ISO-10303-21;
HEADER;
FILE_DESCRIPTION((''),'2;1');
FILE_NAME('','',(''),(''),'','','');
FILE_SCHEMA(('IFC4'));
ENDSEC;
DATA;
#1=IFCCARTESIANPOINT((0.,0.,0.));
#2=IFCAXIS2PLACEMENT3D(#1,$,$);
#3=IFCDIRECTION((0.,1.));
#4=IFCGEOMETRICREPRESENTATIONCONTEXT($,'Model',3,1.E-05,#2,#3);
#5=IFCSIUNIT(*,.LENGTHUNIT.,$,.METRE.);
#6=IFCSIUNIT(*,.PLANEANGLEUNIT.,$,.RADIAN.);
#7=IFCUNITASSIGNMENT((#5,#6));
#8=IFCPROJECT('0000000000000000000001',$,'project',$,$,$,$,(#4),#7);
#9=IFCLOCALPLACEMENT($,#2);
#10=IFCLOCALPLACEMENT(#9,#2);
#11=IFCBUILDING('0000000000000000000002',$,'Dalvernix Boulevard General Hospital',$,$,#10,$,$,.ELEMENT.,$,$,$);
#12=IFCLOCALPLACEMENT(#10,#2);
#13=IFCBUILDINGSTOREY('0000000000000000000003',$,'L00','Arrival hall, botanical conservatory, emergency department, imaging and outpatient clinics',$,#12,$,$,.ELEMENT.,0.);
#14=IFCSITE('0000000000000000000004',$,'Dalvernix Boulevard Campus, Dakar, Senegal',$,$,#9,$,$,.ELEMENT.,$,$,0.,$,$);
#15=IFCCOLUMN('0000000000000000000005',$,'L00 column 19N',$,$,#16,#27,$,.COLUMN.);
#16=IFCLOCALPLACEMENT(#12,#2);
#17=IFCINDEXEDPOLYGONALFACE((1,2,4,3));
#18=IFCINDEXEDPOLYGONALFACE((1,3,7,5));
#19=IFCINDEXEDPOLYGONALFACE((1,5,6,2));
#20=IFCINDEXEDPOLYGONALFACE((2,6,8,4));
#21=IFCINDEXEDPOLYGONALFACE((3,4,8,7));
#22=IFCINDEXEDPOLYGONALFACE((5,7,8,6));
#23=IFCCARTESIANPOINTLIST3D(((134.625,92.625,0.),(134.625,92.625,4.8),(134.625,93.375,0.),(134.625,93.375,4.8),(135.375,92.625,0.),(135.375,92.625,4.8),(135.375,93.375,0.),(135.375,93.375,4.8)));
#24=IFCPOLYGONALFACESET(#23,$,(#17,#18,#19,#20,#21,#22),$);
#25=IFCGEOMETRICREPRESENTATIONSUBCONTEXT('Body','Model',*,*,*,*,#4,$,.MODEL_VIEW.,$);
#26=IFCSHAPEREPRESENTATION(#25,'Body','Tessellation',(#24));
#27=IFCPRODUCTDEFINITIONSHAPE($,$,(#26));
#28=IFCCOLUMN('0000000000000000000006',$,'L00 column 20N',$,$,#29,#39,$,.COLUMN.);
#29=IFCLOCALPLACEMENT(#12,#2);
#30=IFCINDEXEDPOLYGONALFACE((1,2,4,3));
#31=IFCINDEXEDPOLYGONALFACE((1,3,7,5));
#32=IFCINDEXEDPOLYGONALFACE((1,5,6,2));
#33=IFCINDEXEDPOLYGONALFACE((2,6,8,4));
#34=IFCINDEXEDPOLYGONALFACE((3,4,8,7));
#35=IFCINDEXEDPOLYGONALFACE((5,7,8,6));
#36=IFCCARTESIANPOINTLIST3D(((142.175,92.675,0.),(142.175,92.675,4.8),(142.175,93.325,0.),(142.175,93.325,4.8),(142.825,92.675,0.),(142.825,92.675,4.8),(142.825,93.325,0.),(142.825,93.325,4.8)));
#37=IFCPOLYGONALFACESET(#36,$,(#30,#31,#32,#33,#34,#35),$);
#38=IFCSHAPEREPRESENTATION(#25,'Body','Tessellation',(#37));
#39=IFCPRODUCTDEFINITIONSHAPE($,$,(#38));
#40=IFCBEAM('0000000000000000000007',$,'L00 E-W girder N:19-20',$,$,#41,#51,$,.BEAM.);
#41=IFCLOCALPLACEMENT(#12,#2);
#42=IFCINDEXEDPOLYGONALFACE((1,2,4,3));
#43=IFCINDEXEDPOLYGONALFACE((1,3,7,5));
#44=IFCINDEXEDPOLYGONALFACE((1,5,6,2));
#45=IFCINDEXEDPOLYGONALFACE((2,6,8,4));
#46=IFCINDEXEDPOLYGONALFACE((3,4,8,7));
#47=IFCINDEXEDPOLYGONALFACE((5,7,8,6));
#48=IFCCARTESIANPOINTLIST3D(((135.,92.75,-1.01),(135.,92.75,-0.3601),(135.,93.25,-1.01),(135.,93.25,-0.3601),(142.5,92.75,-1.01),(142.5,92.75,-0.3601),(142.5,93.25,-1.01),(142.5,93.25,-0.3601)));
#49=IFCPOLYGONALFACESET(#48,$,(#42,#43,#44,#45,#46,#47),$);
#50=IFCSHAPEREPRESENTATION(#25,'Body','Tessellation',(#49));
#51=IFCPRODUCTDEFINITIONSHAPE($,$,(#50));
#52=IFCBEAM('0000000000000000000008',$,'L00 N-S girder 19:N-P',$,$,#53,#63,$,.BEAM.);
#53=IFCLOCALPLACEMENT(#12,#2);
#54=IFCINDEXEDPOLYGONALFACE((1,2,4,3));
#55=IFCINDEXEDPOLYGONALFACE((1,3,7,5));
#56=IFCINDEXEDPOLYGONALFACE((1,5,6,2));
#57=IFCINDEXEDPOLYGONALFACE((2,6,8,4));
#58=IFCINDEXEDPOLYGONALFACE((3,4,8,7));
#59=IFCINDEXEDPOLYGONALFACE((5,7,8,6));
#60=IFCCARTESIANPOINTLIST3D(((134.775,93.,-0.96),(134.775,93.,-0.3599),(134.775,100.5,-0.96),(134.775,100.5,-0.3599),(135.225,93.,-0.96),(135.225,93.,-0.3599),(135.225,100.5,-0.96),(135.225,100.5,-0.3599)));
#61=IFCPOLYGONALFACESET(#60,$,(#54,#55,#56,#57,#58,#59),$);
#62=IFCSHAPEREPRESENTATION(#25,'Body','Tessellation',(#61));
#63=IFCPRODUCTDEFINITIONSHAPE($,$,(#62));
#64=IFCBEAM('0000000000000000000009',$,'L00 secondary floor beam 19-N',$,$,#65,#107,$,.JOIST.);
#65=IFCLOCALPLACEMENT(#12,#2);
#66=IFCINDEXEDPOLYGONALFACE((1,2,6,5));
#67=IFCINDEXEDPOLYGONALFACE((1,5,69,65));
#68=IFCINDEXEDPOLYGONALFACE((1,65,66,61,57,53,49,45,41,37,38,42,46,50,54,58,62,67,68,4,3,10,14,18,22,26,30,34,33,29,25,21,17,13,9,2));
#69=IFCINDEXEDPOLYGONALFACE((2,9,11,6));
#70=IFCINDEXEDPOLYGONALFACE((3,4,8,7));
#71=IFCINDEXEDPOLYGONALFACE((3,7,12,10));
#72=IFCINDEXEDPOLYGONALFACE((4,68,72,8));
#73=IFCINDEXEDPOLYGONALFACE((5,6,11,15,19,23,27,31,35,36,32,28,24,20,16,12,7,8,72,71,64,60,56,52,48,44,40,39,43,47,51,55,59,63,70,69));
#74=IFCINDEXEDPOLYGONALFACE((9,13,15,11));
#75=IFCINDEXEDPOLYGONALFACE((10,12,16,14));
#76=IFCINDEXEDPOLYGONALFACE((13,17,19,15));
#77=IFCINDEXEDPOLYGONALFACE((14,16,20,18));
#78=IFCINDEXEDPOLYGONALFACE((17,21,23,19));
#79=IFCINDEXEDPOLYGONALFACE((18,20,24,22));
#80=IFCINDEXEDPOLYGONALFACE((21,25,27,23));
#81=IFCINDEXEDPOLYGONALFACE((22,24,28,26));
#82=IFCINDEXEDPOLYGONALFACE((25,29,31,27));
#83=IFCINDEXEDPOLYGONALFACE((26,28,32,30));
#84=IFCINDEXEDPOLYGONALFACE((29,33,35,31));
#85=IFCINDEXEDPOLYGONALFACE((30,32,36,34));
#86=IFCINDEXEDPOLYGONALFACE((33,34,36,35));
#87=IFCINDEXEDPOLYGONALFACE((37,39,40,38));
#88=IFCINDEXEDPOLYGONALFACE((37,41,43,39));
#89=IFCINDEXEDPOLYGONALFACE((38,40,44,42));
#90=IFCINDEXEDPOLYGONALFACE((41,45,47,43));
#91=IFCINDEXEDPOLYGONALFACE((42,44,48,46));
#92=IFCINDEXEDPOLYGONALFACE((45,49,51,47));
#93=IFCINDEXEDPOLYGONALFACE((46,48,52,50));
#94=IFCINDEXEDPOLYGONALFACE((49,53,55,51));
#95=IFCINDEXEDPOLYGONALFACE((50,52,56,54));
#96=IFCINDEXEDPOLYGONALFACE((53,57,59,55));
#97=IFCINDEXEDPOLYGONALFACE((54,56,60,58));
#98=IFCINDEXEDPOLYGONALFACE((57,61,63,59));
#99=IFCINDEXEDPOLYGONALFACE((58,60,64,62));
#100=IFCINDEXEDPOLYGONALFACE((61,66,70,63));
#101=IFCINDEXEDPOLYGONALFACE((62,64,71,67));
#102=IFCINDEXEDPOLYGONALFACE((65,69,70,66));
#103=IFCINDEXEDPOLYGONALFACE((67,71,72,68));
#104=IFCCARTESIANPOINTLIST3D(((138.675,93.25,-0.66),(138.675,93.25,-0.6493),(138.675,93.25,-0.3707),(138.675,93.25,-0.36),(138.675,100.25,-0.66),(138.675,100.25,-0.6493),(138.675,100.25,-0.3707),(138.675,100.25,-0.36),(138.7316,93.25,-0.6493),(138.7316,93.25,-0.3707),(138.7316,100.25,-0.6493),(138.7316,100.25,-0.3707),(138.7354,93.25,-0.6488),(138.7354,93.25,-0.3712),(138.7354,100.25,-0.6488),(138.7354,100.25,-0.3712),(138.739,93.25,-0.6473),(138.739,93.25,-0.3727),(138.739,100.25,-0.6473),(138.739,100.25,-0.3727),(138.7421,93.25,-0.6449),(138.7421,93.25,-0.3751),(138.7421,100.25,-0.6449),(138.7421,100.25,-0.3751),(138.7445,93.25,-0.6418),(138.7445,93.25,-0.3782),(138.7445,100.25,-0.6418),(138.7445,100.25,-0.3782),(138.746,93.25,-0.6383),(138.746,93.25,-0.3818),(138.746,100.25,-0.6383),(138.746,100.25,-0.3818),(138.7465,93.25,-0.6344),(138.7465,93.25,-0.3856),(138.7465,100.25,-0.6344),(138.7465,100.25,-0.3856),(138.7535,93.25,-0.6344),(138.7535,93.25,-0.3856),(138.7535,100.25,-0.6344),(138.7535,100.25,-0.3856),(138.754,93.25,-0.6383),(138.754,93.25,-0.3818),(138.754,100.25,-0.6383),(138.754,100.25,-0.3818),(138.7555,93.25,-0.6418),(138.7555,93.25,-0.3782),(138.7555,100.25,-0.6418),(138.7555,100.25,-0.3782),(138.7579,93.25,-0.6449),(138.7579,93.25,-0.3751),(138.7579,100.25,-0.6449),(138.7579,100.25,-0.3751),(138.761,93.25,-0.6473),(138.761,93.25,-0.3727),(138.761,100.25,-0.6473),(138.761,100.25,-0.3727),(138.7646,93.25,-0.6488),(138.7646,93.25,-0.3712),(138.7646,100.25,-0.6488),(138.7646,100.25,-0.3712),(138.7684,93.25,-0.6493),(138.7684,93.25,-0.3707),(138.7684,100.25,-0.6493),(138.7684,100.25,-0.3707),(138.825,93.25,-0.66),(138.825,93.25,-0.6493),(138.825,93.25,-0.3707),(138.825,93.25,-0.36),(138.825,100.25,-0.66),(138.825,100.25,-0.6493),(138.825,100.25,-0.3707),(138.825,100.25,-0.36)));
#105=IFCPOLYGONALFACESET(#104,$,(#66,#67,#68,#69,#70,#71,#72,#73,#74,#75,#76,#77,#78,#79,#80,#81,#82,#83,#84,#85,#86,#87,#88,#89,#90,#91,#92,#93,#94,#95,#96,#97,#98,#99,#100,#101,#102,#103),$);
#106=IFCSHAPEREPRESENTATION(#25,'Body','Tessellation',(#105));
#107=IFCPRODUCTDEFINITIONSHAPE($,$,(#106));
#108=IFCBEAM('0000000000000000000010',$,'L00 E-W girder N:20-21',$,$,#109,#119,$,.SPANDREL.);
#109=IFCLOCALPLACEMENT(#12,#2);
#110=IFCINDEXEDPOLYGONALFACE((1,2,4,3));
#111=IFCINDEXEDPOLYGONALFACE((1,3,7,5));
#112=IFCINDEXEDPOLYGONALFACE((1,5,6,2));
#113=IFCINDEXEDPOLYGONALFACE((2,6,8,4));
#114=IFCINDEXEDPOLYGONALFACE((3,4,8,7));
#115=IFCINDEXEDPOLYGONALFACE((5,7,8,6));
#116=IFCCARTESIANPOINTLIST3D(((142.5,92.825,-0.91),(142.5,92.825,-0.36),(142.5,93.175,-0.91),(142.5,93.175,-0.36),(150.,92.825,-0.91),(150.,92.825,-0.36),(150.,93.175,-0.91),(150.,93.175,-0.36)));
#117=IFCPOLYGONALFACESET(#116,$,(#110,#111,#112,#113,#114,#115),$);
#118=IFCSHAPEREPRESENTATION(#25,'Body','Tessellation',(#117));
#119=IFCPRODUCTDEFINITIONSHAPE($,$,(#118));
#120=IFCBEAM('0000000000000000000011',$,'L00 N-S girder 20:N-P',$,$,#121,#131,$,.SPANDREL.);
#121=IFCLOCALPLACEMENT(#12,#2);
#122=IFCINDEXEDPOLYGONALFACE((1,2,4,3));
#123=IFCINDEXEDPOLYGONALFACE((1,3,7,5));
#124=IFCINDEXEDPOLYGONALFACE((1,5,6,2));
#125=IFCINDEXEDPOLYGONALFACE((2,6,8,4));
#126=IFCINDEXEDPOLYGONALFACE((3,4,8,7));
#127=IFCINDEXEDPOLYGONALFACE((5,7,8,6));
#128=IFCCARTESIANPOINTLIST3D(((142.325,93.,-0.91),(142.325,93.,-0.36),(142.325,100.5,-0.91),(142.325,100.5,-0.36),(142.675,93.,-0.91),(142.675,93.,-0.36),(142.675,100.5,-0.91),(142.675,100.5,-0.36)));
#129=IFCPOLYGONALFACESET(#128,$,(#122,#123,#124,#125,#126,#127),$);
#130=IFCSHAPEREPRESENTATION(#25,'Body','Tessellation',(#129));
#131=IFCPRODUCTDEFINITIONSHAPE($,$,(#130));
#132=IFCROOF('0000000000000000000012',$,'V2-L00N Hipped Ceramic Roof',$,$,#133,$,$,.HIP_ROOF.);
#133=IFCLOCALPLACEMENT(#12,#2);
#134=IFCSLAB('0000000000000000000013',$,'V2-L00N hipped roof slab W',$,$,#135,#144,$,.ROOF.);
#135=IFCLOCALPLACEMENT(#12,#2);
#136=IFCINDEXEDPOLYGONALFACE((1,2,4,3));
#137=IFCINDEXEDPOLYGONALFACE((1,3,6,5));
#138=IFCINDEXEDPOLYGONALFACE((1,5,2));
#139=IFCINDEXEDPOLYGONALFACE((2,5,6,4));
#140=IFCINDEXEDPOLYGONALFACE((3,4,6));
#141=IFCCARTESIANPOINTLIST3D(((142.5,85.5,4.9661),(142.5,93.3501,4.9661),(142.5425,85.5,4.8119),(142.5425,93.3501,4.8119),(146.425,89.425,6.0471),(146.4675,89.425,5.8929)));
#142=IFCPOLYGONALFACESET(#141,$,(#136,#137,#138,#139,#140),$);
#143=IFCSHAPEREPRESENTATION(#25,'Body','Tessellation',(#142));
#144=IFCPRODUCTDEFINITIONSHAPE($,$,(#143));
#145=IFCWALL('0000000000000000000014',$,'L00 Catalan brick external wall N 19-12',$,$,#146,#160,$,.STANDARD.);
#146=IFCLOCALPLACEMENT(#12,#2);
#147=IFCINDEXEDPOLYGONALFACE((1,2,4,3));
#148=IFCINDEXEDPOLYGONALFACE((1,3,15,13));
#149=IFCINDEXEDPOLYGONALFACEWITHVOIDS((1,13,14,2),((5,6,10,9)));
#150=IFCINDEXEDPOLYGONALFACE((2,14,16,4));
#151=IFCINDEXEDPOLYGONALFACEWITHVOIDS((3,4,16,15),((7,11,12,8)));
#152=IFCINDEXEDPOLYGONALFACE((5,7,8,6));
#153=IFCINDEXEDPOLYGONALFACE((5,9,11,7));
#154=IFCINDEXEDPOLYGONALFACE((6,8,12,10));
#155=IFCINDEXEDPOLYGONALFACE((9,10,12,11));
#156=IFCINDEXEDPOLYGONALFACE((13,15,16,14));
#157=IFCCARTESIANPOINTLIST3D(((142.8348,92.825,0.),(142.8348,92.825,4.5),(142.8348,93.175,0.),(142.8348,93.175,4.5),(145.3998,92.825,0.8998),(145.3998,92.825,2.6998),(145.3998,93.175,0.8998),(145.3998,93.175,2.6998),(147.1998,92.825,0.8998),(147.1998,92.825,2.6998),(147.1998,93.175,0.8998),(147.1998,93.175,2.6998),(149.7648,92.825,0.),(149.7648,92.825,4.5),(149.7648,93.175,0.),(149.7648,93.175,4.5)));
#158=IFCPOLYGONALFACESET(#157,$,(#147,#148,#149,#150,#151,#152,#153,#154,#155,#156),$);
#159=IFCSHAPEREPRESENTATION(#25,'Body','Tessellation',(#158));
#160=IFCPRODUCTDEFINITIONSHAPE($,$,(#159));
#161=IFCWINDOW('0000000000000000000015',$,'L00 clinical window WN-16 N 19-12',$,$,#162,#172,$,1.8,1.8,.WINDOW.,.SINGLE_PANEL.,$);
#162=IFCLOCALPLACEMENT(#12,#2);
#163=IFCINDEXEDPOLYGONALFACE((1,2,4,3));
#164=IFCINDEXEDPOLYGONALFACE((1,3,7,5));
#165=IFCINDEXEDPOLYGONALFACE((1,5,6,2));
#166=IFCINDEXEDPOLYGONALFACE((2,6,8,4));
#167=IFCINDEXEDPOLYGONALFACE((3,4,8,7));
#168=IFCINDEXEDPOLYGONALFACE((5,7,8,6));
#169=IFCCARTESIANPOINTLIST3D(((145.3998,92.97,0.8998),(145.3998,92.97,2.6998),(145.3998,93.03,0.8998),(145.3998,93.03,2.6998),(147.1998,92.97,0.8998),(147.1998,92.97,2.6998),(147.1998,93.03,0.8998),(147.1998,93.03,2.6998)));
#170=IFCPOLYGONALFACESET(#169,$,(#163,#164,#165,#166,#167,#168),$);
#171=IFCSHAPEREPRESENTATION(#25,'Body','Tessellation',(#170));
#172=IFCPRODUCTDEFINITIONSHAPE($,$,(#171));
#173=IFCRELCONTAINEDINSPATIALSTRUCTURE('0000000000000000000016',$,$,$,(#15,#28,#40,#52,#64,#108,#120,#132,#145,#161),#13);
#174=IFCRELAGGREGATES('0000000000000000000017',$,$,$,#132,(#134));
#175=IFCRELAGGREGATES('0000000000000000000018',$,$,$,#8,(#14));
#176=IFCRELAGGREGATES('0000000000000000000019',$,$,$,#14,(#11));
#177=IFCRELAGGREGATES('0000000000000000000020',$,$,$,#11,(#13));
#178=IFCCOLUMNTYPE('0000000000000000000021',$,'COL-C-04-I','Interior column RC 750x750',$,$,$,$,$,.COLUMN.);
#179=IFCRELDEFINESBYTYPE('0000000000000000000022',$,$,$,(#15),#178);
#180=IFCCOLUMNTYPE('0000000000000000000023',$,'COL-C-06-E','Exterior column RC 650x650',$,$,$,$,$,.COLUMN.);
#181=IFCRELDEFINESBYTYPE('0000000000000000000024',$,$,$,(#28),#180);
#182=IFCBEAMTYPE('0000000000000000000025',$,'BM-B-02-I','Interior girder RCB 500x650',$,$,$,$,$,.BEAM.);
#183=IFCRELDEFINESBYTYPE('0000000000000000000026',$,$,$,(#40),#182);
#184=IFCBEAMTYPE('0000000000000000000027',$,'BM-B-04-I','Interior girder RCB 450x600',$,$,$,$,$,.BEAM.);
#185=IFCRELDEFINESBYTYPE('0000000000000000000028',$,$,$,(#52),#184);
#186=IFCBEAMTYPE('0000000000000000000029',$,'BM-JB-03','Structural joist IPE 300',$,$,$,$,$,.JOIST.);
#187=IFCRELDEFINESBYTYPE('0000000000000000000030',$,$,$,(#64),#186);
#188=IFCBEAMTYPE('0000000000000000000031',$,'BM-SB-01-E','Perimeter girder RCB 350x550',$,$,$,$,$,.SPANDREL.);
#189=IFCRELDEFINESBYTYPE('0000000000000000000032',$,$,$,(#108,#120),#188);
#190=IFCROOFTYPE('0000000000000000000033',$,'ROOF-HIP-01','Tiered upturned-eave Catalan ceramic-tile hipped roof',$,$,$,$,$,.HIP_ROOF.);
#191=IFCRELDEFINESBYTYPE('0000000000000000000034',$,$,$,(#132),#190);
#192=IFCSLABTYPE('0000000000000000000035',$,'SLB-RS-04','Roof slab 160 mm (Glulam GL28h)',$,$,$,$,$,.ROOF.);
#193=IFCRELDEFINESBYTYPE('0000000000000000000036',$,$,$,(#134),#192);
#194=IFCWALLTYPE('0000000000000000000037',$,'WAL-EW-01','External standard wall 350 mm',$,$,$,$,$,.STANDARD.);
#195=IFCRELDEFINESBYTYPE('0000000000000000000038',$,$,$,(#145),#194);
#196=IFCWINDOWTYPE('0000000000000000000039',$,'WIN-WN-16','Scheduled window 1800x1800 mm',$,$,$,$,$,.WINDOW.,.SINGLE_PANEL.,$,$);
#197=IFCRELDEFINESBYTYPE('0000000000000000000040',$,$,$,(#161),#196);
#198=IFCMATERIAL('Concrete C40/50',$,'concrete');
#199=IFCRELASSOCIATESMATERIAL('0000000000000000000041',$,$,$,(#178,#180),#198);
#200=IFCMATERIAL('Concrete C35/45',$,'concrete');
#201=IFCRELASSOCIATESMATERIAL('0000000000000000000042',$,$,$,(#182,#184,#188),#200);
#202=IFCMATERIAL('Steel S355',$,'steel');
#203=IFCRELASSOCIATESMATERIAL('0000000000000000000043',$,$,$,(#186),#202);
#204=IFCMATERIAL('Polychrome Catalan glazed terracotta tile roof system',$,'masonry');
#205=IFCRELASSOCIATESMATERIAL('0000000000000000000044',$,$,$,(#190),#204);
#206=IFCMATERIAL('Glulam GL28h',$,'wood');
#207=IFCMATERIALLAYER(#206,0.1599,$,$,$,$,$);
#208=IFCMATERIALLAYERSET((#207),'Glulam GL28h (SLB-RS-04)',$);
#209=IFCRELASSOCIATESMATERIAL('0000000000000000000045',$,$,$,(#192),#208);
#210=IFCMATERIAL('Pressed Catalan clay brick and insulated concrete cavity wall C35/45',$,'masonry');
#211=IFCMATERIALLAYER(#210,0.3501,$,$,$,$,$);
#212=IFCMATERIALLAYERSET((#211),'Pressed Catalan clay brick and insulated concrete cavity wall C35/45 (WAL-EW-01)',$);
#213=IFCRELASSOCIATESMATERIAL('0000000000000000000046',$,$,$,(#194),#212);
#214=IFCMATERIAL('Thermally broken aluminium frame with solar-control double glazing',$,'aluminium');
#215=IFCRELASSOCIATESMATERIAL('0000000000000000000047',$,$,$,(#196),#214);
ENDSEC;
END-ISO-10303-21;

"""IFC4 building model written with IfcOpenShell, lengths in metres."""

from ifc_helpers import new_model, si_unit, direction, frame, frame_2d, origin, origin_2d, place, context, subcontext, project, spatial, polyline, rectangle, i_section, outline, extrude, material, layer, layer_set, material_profile, profile_set, type_object, element, fill, aggregate, save


model = new_model("IFC4")

# Units and contexts
model_context = context("Model", 3, precision=1e-05, world=origin(), true_north=direction((0.0, 1.0)))
body_context = subcontext(model_context, "Body", "Model", "MODEL_VIEW")
ifc_project = project(units=[si_unit("LENGTHUNIT", "METRE"), si_unit("PLANEANGLEUNIT", "RADIAN")], contexts=[model_context])

# Site, building, storey
site_placement = place(None, origin())
site = spatial("IfcSite", under=ifc_project, at=site_placement, Name="Dalvernix Boulevard Campus, Dakar, Senegal", CompositionType="ELEMENT", RefElevation=0.0)
building_placement = place(site_placement, origin())
building = spatial("IfcBuilding", under=site, at=building_placement, Name="Dalvernix Boulevard General Hospital", CompositionType="ELEMENT")
storey_placement = place(building_placement, origin())
storey = spatial("IfcBuildingStorey", under=building, at=storey_placement, Name="L00", Description="Arrival hall, botanical conservatory, emergency department, imaging and outpatient clinics", CompositionType="ELEMENT", Elevation=0.0)

# Columns
ifc_material_1 = material(Name="Concrete C40/50", Category="concrete")
ifc_material_profile_1 = material_profile(ifc_material_1, rectangle(XDim=0.75, YDim=0.75, at=origin_2d()), Name="RC 750x750")
ifc_profile_set_1 = profile_set([ifc_material_profile_1], Name="Concrete C40/50")
column_type_1 = type_object("IfcColumnType", Name="COL-C-04-I", Description="Interior column RC 750x750", PredefinedType="COLUMN", material=ifc_profile_set_1)
column_1_placement = place(storey_placement, frame((135.0, 93.0, 0.0), z_axis=(0.0, 0.0, 1.0), x_axis=(1.0, 0.0, 0.0)))
element("IfcColumn", 1, at=column_1_placement, inside=storey, type_object=column_type_1, Name="L00 column 19N", PredefinedType="COLUMN", context=body_context, shape_type="SweptSolid", body=[
    extrude(rectangle(XDim=0.75, YDim=0.75, at=origin_2d()), origin(), (0.0, 0.0, 1.0), 4.8),
])
ifc_material_profile_2 = material_profile(ifc_material_1, rectangle(XDim=0.6499, YDim=0.6499, at=origin_2d()), Name="RC 650x650")
ifc_profile_set_2 = profile_set([ifc_material_profile_2], Name="Concrete C40/50")
column_type_2 = type_object("IfcColumnType", Name="COL-C-06-E", Description="Exterior column RC 650x650", PredefinedType="COLUMN", material=ifc_profile_set_2)
column_2_placement = place(storey_placement, frame((142.5, 93.0, 0.0), z_axis=(0.0, 0.0, 1.0), x_axis=(1.0, 0.0, 0.0)))
element("IfcColumn", 2, at=column_2_placement, inside=storey, type_object=column_type_2, Name="L00 column 20N", PredefinedType="COLUMN", context=body_context, shape_type="SweptSolid", body=[
    extrude(rectangle(XDim=0.6499, YDim=0.6499, at=origin_2d()), origin(), (0.0, 0.0, 1.0), 4.8),
])

# Beams
ifc_material_2 = material(Name="Concrete C35/45", Category="concrete")
ifc_material_profile_3 = material_profile(ifc_material_2, rectangle(XDim=0.5, YDim=0.6499, at=origin_2d()), Name="RCB 500x650")
ifc_profile_set_3 = profile_set([ifc_material_profile_3], Name="Concrete C35/45")
beam_type_1 = type_object("IfcBeamType", Name="BM-B-02-I", Description="Interior girder RCB 500x650", PredefinedType="BEAM", material=ifc_profile_set_3)
beam_1_placement = place(storey_placement, frame((135.0, 93.0, -0.6851), z_axis=(1.0, 0.0, 0.0), x_axis=(0.0, 1.0, 0.0)))
element("IfcBeam", 3, at=beam_1_placement, inside=storey, type_object=beam_type_1, Name="L00 E-W girder N:19-20", PredefinedType="BEAM", context=body_context, shape_type="SweptSolid", body=[
    extrude(rectangle(XDim=0.5, YDim=0.6499, at=origin_2d()), origin(), (0.0, 0.0, 1.0), 7.5),
])
ifc_material_profile_4 = material_profile(ifc_material_2, rectangle(XDim=0.45, YDim=0.6001, at=origin_2d()), Name="RCB 450x600")
ifc_profile_set_4 = profile_set([ifc_material_profile_4], Name="Concrete C35/45")
beam_type_2 = type_object("IfcBeamType", Name="BM-B-04-I", Description="Interior girder RCB 450x600", PredefinedType="BEAM", material=ifc_profile_set_4)
beam_2_placement = place(storey_placement, frame((135.0, 93.0, -0.6599), z_axis=(0.0, 1.0, 0.0), x_axis=(-1.0, 0.0, 0.0)))
element("IfcBeam", 4, at=beam_2_placement, inside=storey, type_object=beam_type_2, Name="L00 N-S girder 19:N-P", PredefinedType="BEAM", context=body_context, shape_type="SweptSolid", body=[
    extrude(rectangle(XDim=0.45, YDim=0.6001, at=origin_2d()), origin(), (0.0, 0.0, 1.0), 7.5),
])
ifc_material_3 = material(Name="Steel S355", Category="steel")
ifc_material_profile_5 = material_profile(ifc_material_3, i_section(OverallWidth=0.1499, OverallDepth=0.3, WebThickness=0.0071, FlangeThickness=0.0107, FilletRadius=0.0149, at=origin_2d()), Name="IPE 300")
ifc_profile_set_5 = profile_set([ifc_material_profile_5], Name="Steel S355")
beam_type_3 = type_object("IfcBeamType", Name="BM-JB-03", Description="Structural joist IPE 300", PredefinedType="JOIST", material=ifc_profile_set_5)
beam_3_placement = place(storey_placement, frame((138.75, 93.25, -0.51), z_axis=(0.0, 1.0, 0.0), x_axis=(-1.0, 0.0, 0.0)))
element("IfcBeam", 5, at=beam_3_placement, inside=storey, type_object=beam_type_3, Name="L00 secondary floor beam 19-N", PredefinedType="JOIST", context=body_context, shape_type="SweptSolid", body=[
    extrude(i_section(OverallWidth=0.1499, OverallDepth=0.3, WebThickness=0.0071, FlangeThickness=0.0107, FilletRadius=0.0149, at=origin_2d()), origin(), (0.0, 0.0, 1.0), 7.0),
])
ifc_material_profile_6 = material_profile(ifc_material_2, rectangle(XDim=0.3501, YDim=0.55, at=origin_2d()), Name="RCB 350x550")
ifc_profile_set_6 = profile_set([ifc_material_profile_6], Name="Concrete C35/45")
beam_type_4 = type_object("IfcBeamType", Name="BM-SB-01-E", Description="Perimeter girder RCB 350x550", PredefinedType="SPANDREL", material=ifc_profile_set_6)
for number, where, z_axis, x_axis, name in (
    (6, (142.5, 93.0, -0.635), (1.0, 0.0, 0.0), (0.0, 1.0, 0.0), "L00 E-W girder N:20-21"),
    (7, (142.5, 93.0, -0.635), (0.0, 1.0, 0.0), (-1.0, 0.0, 0.0), "L00 N-S girder 20:N-P"),
):
    element("IfcBeam", number, at=place(storey_placement, frame(where, z_axis=z_axis, x_axis=x_axis)), inside=storey, type_object=beam_type_4, Name=name, PredefinedType="SPANDREL", context=body_context, shape_type="SweptSolid", body=[
        extrude(rectangle(XDim=0.3501, YDim=0.55, at=origin_2d()), origin(), (0.0, 0.0, 1.0), 7.5),
    ])

# Roof, slab
ifc_material_4 = material(Name="Polychrome Catalan glazed terracotta tile roof system", Category="masonry")
roof_type_1 = type_object("IfcRoofType", Name="ROOF-HIP-01", Description="Tiered upturned-eave Catalan ceramic-tile hipped roof", PredefinedType="HIP_ROOF", material=ifc_material_4)
roof_1_placement = place(storey_placement, origin())
roof_1 = element("IfcRoof", 8, at=roof_1_placement, inside=storey, type_object=roof_type_1, Name="V2-L00N Hipped Ceramic Roof", PredefinedType="HIP_ROOF")
ifc_material_5 = material(Name="Glulam GL28h", Category="wood")
ifc_layer_1 = layer(ifc_material_5, 0.1599)
ifc_layer_set_1 = layer_set([ifc_layer_1], Name="Glulam GL28h (SLB-RS-04)")
slab_type = type_object("IfcSlabType", Name="SLB-RS-04", Description="Roof slab 160 mm (Glulam GL28h)", PredefinedType="ROOF", material=ifc_layer_set_1)
slab_placement = place(storey_placement, frame((142.5, 93.3501, 4.9661), z_axis=(-0.265537, 0.0, 0.964101), x_axis=(0.0, -1.0, 0.0)))
slab = element("IfcSlab", 9, at=slab_placement, type_object=slab_type, Name="V2-L00N hipped roof slab W", PredefinedType="ROOF", context=body_context, shape_type="SweptSolid", body=[
    extrude(outline(polyline([(0.0, 0.0), (7.8501, 0.0), (3.925, 4.0712), (0.0, 0.0)])), origin(), (0.0, 0.0, -1.0), 0.1599),
])
aggregate(roof_1, [slab])

# Wall, opening, window
ifc_material_6 = material(Name="Pressed Catalan clay brick and insulated concrete cavity wall C35/45", Category="masonry")
ifc_layer_2 = layer(ifc_material_6, 0.3501)
ifc_layer_set_2 = layer_set([ifc_layer_2], Name="Pressed Catalan clay brick and insulated concrete cavity wall C35/45 (WAL-EW-01)")
wall_type = type_object("IfcWallType", Name="WAL-EW-01", Description="External standard wall 350 mm", PredefinedType="STANDARD", material=ifc_layer_set_2)
wall_placement = place(storey_placement, frame((142.835, 93.0, 0.0), z_axis=(0.0, 0.0, 1.0), x_axis=(1.0, 0.0, 0.0)))
wall = element("IfcWall", 10, at=wall_placement, inside=storey, type_object=wall_type, Name="L00 Catalan brick external wall N 19-12", PredefinedType="STANDARD", context=body_context, shape_type="SweptSolid", body=[
    extrude(rectangle(XDim=6.9299, YDim=0.3501, at=frame_2d((3.4648, 0.0))), origin(), (0.0, 0.0, 1.0), 4.5),
])
opening_placement = place(wall_placement, frame((2.5649, 0.0, 0.8999)))
opening = element("IfcOpeningElement", 11, at=opening_placement, cuts=wall, PredefinedType="OPENING", context=body_context, shape_type="SweptSolid", body=[
    extrude(rectangle(XDim=1.8, YDim=1.8, at=frame_2d((0.8999, 0.8999))), frame((0.0, 0.1851, 0.0), z_axis=(0.0, -1.0, 0.0), x_axis=(1.0, 0.0, 0.0)), (0.0, 0.0, 1.0), 0.3701),
])
ifc_material_7 = material(Name="Thermally broken aluminium frame with solar-control double glazing", Category="aluminium")
window_type = type_object("IfcWindowType", Name="WIN-WN-16", Description="Scheduled window 1800x1800 mm", PartitioningType="SINGLE_PANEL", PredefinedType="WINDOW", material=ifc_material_7)
window_placement = place(opening_placement, origin())
window = element("IfcWindow", 12, at=window_placement, inside=storey, type_object=window_type, Name="L00 clinical window WN-16 N 19-12", OverallHeight=1.8, OverallWidth=1.8, PartitioningType="SINGLE_PANEL", PredefinedType="WINDOW", context=body_context, shape_type="SweptSolid", body=[
    extrude(rectangle(XDim=1.8, YDim=1.8, at=frame_2d((0.8999, 0.8999))), frame((0.0, 0.03, 0.0), z_axis=(0.0, -1.0, 0.0), x_axis=(1.0, 0.0, 0.0)), (0.0, 0.0, 1.0), 0.0601),
])
fill(opening, window)

save(model, "model.ifc")
